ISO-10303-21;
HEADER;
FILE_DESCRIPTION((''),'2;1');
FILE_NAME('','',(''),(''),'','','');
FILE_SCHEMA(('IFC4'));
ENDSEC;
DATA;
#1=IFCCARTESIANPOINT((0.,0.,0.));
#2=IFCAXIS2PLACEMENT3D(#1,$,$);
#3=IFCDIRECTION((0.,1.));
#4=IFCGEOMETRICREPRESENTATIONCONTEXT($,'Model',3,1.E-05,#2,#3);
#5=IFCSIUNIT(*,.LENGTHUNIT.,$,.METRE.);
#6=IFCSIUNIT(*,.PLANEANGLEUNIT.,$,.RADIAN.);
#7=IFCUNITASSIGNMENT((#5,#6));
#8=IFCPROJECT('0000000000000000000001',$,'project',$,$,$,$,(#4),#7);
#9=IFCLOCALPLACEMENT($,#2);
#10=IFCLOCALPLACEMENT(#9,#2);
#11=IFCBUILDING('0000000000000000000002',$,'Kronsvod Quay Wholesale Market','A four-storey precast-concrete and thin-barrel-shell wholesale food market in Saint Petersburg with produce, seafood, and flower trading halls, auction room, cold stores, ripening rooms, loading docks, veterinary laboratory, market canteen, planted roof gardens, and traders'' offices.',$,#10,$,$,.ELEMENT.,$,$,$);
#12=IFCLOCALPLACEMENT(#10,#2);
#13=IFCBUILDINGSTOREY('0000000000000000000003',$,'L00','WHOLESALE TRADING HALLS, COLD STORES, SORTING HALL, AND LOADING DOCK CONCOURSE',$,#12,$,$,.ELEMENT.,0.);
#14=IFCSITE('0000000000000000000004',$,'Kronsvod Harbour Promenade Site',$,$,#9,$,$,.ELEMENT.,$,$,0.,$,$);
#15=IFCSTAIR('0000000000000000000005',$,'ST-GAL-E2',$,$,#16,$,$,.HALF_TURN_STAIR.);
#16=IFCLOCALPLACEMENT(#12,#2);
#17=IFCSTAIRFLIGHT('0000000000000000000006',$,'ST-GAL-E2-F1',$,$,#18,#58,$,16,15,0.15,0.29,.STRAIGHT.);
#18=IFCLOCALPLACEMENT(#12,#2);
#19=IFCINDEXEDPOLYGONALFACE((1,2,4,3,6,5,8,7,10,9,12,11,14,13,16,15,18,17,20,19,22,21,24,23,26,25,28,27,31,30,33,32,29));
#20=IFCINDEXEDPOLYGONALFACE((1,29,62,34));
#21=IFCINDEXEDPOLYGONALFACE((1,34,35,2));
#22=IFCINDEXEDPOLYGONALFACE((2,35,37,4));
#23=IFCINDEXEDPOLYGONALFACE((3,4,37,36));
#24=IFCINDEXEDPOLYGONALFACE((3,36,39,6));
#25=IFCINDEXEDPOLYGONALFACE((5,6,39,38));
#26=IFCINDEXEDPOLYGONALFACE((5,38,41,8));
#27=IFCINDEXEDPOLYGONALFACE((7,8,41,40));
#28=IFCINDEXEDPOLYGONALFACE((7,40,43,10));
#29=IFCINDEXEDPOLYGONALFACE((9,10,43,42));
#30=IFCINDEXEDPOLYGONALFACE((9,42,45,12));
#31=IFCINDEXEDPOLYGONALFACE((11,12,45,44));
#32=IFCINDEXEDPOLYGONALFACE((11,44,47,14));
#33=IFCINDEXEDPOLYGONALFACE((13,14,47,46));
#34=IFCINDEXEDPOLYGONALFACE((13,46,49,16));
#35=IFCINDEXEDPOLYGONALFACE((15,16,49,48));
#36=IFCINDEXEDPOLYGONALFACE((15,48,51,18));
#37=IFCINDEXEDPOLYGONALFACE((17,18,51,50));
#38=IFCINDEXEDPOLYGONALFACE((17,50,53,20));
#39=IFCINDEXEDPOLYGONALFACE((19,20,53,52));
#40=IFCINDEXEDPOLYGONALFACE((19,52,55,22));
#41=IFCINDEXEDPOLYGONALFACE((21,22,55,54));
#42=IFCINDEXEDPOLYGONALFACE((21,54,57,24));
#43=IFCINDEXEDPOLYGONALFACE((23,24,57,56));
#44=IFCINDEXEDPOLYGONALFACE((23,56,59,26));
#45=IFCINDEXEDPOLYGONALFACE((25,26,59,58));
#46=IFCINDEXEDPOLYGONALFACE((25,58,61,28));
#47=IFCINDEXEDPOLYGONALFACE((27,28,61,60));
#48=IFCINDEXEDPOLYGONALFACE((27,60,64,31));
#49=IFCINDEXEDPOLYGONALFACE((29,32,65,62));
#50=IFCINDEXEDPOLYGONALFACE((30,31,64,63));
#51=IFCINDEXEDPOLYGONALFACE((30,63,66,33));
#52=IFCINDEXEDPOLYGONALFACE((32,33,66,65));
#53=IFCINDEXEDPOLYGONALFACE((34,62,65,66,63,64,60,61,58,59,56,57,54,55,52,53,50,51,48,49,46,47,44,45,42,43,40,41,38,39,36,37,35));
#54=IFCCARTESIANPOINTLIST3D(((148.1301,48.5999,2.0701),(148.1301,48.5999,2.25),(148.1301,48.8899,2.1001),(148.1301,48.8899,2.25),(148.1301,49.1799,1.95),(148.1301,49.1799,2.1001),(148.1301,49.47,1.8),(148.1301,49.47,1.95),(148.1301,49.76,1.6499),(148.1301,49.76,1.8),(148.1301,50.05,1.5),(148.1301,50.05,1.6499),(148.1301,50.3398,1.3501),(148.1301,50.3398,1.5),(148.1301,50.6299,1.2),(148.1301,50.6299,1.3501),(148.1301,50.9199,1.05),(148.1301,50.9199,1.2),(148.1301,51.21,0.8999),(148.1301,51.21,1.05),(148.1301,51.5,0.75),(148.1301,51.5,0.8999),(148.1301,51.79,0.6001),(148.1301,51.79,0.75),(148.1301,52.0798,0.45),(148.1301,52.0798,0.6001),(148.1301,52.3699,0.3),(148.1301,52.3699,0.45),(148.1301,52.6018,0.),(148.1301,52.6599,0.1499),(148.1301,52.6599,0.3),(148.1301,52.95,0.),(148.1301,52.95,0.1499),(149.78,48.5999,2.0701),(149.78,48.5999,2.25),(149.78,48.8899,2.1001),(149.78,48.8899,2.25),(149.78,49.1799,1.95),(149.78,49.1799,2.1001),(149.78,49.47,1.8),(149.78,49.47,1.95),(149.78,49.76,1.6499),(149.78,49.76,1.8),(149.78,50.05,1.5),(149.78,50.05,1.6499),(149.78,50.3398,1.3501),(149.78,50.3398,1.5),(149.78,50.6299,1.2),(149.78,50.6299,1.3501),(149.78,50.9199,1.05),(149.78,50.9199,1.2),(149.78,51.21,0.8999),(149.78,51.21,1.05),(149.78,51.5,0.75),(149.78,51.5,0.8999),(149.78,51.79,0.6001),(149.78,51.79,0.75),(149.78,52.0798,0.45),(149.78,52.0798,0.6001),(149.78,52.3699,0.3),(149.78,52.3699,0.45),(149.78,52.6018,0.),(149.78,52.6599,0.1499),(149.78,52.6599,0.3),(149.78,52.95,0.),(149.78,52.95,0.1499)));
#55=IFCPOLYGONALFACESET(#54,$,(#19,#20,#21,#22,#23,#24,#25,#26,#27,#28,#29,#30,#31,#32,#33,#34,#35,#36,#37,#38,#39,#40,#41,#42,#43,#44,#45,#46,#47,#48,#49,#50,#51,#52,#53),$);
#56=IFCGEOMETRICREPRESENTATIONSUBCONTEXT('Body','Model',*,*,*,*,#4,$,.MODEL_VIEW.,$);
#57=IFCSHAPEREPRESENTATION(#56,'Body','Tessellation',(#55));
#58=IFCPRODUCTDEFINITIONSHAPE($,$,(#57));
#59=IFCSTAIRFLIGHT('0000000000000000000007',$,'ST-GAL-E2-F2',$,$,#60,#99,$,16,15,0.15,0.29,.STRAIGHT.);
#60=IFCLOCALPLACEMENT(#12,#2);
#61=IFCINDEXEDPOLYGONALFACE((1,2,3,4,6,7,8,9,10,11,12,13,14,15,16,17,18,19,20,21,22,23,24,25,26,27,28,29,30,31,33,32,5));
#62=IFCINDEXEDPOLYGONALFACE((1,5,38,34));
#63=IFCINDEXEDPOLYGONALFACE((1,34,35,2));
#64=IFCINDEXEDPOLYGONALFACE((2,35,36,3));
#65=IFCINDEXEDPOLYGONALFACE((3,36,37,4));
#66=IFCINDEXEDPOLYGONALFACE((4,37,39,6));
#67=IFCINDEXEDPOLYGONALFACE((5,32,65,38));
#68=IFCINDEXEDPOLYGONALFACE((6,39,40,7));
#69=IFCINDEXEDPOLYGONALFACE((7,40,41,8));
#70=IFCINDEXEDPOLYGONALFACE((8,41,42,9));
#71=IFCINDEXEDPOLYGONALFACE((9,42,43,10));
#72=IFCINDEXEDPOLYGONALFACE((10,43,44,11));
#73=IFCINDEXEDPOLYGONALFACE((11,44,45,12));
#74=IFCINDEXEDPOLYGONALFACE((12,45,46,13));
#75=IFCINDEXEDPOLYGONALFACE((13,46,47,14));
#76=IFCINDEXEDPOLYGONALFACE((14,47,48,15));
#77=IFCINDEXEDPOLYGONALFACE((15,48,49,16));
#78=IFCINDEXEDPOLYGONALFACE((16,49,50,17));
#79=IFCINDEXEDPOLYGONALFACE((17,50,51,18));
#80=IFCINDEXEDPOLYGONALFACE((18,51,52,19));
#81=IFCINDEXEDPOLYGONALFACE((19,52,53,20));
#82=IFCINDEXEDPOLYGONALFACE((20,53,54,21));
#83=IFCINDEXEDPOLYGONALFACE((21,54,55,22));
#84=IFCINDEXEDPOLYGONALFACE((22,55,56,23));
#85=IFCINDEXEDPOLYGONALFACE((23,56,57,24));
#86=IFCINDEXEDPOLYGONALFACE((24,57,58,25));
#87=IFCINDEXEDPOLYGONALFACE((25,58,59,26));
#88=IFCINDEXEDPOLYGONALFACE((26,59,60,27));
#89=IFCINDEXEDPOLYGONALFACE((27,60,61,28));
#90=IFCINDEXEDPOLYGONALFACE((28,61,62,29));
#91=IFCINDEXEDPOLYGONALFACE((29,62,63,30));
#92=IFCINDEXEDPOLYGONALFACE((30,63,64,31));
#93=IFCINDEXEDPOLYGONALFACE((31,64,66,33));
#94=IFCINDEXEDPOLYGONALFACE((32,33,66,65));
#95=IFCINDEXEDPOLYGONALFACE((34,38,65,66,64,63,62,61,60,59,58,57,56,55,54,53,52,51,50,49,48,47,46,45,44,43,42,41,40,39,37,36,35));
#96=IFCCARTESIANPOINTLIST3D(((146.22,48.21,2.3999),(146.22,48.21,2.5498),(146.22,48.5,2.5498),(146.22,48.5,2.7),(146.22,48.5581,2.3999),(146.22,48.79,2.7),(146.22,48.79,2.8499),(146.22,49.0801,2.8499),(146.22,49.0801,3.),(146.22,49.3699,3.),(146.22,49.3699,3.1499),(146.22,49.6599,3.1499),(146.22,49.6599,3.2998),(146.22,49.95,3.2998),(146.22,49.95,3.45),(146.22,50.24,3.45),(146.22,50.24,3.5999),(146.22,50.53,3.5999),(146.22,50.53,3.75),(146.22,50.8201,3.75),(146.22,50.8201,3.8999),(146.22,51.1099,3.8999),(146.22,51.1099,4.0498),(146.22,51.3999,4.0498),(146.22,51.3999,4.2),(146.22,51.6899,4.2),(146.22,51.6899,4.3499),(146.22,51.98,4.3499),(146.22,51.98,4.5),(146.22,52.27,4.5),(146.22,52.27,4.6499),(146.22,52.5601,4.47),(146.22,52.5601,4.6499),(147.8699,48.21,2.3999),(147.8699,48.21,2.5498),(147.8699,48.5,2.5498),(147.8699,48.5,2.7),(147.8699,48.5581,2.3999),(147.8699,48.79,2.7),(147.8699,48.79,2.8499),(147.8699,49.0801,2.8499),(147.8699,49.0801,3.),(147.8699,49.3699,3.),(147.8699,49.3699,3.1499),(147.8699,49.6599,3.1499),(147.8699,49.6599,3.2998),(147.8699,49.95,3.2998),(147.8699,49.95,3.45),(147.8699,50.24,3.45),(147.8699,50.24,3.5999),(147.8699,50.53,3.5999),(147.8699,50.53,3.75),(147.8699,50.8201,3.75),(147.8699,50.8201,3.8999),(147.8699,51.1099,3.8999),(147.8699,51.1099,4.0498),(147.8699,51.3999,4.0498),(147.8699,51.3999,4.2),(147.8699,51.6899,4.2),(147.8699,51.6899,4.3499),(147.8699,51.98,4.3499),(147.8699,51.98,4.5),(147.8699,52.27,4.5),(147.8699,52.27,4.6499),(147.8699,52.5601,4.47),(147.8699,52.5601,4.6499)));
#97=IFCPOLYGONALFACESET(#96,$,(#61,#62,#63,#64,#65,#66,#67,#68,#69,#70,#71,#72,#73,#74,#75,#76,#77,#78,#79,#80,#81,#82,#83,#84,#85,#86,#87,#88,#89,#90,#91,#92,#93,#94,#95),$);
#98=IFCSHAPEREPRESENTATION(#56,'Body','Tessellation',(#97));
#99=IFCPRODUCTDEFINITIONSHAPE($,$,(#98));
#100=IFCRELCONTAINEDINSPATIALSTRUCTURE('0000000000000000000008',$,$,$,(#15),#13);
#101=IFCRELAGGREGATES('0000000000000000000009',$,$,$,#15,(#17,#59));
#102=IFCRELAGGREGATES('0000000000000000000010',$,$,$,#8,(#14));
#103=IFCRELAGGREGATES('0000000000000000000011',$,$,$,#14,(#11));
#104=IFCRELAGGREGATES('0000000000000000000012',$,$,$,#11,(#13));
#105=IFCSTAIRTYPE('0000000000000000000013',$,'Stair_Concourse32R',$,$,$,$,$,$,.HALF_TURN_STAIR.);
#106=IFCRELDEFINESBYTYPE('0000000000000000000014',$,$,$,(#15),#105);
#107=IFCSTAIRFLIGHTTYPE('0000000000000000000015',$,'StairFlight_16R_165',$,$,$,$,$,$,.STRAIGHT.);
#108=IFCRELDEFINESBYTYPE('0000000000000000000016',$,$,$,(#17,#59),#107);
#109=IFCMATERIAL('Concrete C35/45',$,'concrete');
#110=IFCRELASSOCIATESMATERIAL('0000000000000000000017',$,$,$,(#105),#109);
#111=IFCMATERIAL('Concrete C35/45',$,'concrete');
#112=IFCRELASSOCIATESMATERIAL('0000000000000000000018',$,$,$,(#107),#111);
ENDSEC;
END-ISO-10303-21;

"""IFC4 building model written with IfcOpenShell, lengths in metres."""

from ifc_helpers import new_model, si_unit, direction, frame, origin, place, context, subcontext, project, spatial, polyline, outline, extrude, material, type_object, element, aggregate, save


model = new_model("IFC4")

# Units and contexts
model_context = context("Model", 3, precision=1e-05, world=origin(), true_north=direction((0.0, 1.0)))
body_context = subcontext(model_context, "Body", "Model", "MODEL_VIEW")
ifc_project = project(units=[si_unit("LENGTHUNIT", "METRE"), si_unit("PLANEANGLEUNIT", "RADIAN")], contexts=[model_context])

# Site, building, storey
site_placement = place(None, origin())
site = spatial("IfcSite", under=ifc_project, at=site_placement, Name="Kronsvod Harbour Promenade Site", CompositionType="ELEMENT", RefElevation=0.0)
building_placement = place(site_placement, origin())
building = spatial("IfcBuilding", under=site, at=building_placement, Name="Kronsvod Quay Wholesale Market", Description="A four-storey precast-concrete and thin-barrel-shell wholesale food market in Saint Petersburg with produce, seafood, and flower trading halls, auction room, cold stores, ripening rooms, loading docks, veterinary laboratory, market canteen, planted roof gardens, and traders' offices.", CompositionType="ELEMENT")
storey_placement = place(building_placement, origin())
storey = spatial("IfcBuildingStorey", under=building, at=storey_placement, Name="L00", Description="WHOLESALE TRADING HALLS, COLD STORES, SORTING HALL, AND LOADING DOCK CONCOURSE", CompositionType="ELEMENT", Elevation=0.0)

# Stair, stair flights
ifc_material_1 = material(Name="Concrete C35/45", Category="concrete")
stair_type = type_object("IfcStairType", Name="Stair_Concourse32R", PredefinedType="HALF_TURN_STAIR", material=ifc_material_1)
stair_placement = place(storey_placement, origin())
stair = element("IfcStair", 1, at=stair_placement, inside=storey, type_object=stair_type, Name="ST-GAL-E2", PredefinedType="HALF_TURN_STAIR")
ifc_material_2 = material(Name="Concrete C35/45", Category="concrete")
stair_flight_type = type_object("IfcStairFlightType", Name="StairFlight_16R_165", PredefinedType="STRAIGHT", material=ifc_material_2)
stair_flight_1_placement = place(storey_placement, frame((148.9551, 52.95, 0.0), z_axis=(0.0, 0.0, 1.0), x_axis=(0.0, -1.0, 0.0)))
stair_flight_1 = element("IfcStairFlight", 2, at=stair_flight_1_placement, type_object=stair_flight_type, Name="ST-GAL-E2-F1", NumberOfRisers=16, NumberOfTreads=15, PredefinedType="STRAIGHT", RiserHeight=0.15, TreadLength=0.29, context=body_context, shape_type="SweptSolid", body=[
    extrude(outline(polyline([(0.0, 0.0), (0.0, 0.1499), (0.29, 0.1499), (0.29, 0.3), (0.5801, 0.3), (0.5801, 0.45), (0.8701, 0.45), (0.8701, 0.6001), (1.1599, 0.6001), (1.1599, 0.75), (1.45, 0.75), (1.45, 0.8999), (1.74, 0.8999), (1.74, 1.05), (2.03, 1.05), (2.03, 1.2), (2.3201, 1.2), (2.3201, 1.3501), (2.6101, 1.3501), (2.6101, 1.5), (2.8999, 1.5), (2.8999, 1.6499), (3.1899, 1.6499), (3.1899, 1.8), (3.48, 1.8), (3.48, 1.95), (3.77, 1.95), (3.77, 2.1001), (4.0601, 2.1001), (4.0601, 2.25), (4.3501, 2.25), (4.3501, 2.3999), (4.3501, 2.0701), (0.3481, 0.0), (0.0, 0.0)])), frame((0.0, 0.825, 0.0), z_axis=(0.0, -1.0, 0.0), x_axis=(1.0, 0.0, 0.0)), (0.0, 0.0, 1.0), 1.6499),
])
stair_flight_2_placement = place(storey_placement, frame((147.0449, 48.21, 2.3999), z_axis=(0.0, 0.0, 1.0), x_axis=(0.0, 1.0, 0.0)))
stair_flight_2 = element("IfcStairFlight", 3, at=stair_flight_2_placement, type_object=stair_flight_type, Name="ST-GAL-E2-F2", NumberOfRisers=16, NumberOfTreads=15, PredefinedType="STRAIGHT", RiserHeight=0.15, TreadLength=0.29, context=body_context, shape_type="SweptSolid", body=[
    extrude(outline(polyline([(0.0, 0.0), (0.0, 0.1499), (0.29, 0.1499), (0.29, 0.3), (0.5801, 0.3), (0.5801, 0.45), (0.8701, 0.45), (0.8701, 0.6001), (1.1599, 0.6001), (1.1599, 0.75), (1.45, 0.75), (1.45, 0.8999), (1.74, 0.8999), (1.74, 1.05), (2.03, 1.05), (2.03, 1.2), (2.3201, 1.2), (2.3201, 1.3501), (2.6101, 1.3501), (2.6101, 1.5), (2.8999, 1.5), (2.8999, 1.6499), (3.1899, 1.6499), (3.1899, 1.8), (3.48, 1.8), (3.48, 1.95), (3.77, 1.95), (3.77, 2.1001), (4.0601, 2.1001), (4.0601, 2.25), (4.3501, 2.25), (4.3501, 2.3999), (4.3501, 2.0701), (0.3481, 0.0), (0.0, 0.0)])), frame((0.0, 0.825, 0.0), z_axis=(0.0, -1.0, 0.0), x_axis=(1.0, 0.0, 0.0)), (0.0, 0.0, 1.0), 1.6499),
])
aggregate(stair, [stair_flight_1, stair_flight_2])

save(model, "model.ifc")
